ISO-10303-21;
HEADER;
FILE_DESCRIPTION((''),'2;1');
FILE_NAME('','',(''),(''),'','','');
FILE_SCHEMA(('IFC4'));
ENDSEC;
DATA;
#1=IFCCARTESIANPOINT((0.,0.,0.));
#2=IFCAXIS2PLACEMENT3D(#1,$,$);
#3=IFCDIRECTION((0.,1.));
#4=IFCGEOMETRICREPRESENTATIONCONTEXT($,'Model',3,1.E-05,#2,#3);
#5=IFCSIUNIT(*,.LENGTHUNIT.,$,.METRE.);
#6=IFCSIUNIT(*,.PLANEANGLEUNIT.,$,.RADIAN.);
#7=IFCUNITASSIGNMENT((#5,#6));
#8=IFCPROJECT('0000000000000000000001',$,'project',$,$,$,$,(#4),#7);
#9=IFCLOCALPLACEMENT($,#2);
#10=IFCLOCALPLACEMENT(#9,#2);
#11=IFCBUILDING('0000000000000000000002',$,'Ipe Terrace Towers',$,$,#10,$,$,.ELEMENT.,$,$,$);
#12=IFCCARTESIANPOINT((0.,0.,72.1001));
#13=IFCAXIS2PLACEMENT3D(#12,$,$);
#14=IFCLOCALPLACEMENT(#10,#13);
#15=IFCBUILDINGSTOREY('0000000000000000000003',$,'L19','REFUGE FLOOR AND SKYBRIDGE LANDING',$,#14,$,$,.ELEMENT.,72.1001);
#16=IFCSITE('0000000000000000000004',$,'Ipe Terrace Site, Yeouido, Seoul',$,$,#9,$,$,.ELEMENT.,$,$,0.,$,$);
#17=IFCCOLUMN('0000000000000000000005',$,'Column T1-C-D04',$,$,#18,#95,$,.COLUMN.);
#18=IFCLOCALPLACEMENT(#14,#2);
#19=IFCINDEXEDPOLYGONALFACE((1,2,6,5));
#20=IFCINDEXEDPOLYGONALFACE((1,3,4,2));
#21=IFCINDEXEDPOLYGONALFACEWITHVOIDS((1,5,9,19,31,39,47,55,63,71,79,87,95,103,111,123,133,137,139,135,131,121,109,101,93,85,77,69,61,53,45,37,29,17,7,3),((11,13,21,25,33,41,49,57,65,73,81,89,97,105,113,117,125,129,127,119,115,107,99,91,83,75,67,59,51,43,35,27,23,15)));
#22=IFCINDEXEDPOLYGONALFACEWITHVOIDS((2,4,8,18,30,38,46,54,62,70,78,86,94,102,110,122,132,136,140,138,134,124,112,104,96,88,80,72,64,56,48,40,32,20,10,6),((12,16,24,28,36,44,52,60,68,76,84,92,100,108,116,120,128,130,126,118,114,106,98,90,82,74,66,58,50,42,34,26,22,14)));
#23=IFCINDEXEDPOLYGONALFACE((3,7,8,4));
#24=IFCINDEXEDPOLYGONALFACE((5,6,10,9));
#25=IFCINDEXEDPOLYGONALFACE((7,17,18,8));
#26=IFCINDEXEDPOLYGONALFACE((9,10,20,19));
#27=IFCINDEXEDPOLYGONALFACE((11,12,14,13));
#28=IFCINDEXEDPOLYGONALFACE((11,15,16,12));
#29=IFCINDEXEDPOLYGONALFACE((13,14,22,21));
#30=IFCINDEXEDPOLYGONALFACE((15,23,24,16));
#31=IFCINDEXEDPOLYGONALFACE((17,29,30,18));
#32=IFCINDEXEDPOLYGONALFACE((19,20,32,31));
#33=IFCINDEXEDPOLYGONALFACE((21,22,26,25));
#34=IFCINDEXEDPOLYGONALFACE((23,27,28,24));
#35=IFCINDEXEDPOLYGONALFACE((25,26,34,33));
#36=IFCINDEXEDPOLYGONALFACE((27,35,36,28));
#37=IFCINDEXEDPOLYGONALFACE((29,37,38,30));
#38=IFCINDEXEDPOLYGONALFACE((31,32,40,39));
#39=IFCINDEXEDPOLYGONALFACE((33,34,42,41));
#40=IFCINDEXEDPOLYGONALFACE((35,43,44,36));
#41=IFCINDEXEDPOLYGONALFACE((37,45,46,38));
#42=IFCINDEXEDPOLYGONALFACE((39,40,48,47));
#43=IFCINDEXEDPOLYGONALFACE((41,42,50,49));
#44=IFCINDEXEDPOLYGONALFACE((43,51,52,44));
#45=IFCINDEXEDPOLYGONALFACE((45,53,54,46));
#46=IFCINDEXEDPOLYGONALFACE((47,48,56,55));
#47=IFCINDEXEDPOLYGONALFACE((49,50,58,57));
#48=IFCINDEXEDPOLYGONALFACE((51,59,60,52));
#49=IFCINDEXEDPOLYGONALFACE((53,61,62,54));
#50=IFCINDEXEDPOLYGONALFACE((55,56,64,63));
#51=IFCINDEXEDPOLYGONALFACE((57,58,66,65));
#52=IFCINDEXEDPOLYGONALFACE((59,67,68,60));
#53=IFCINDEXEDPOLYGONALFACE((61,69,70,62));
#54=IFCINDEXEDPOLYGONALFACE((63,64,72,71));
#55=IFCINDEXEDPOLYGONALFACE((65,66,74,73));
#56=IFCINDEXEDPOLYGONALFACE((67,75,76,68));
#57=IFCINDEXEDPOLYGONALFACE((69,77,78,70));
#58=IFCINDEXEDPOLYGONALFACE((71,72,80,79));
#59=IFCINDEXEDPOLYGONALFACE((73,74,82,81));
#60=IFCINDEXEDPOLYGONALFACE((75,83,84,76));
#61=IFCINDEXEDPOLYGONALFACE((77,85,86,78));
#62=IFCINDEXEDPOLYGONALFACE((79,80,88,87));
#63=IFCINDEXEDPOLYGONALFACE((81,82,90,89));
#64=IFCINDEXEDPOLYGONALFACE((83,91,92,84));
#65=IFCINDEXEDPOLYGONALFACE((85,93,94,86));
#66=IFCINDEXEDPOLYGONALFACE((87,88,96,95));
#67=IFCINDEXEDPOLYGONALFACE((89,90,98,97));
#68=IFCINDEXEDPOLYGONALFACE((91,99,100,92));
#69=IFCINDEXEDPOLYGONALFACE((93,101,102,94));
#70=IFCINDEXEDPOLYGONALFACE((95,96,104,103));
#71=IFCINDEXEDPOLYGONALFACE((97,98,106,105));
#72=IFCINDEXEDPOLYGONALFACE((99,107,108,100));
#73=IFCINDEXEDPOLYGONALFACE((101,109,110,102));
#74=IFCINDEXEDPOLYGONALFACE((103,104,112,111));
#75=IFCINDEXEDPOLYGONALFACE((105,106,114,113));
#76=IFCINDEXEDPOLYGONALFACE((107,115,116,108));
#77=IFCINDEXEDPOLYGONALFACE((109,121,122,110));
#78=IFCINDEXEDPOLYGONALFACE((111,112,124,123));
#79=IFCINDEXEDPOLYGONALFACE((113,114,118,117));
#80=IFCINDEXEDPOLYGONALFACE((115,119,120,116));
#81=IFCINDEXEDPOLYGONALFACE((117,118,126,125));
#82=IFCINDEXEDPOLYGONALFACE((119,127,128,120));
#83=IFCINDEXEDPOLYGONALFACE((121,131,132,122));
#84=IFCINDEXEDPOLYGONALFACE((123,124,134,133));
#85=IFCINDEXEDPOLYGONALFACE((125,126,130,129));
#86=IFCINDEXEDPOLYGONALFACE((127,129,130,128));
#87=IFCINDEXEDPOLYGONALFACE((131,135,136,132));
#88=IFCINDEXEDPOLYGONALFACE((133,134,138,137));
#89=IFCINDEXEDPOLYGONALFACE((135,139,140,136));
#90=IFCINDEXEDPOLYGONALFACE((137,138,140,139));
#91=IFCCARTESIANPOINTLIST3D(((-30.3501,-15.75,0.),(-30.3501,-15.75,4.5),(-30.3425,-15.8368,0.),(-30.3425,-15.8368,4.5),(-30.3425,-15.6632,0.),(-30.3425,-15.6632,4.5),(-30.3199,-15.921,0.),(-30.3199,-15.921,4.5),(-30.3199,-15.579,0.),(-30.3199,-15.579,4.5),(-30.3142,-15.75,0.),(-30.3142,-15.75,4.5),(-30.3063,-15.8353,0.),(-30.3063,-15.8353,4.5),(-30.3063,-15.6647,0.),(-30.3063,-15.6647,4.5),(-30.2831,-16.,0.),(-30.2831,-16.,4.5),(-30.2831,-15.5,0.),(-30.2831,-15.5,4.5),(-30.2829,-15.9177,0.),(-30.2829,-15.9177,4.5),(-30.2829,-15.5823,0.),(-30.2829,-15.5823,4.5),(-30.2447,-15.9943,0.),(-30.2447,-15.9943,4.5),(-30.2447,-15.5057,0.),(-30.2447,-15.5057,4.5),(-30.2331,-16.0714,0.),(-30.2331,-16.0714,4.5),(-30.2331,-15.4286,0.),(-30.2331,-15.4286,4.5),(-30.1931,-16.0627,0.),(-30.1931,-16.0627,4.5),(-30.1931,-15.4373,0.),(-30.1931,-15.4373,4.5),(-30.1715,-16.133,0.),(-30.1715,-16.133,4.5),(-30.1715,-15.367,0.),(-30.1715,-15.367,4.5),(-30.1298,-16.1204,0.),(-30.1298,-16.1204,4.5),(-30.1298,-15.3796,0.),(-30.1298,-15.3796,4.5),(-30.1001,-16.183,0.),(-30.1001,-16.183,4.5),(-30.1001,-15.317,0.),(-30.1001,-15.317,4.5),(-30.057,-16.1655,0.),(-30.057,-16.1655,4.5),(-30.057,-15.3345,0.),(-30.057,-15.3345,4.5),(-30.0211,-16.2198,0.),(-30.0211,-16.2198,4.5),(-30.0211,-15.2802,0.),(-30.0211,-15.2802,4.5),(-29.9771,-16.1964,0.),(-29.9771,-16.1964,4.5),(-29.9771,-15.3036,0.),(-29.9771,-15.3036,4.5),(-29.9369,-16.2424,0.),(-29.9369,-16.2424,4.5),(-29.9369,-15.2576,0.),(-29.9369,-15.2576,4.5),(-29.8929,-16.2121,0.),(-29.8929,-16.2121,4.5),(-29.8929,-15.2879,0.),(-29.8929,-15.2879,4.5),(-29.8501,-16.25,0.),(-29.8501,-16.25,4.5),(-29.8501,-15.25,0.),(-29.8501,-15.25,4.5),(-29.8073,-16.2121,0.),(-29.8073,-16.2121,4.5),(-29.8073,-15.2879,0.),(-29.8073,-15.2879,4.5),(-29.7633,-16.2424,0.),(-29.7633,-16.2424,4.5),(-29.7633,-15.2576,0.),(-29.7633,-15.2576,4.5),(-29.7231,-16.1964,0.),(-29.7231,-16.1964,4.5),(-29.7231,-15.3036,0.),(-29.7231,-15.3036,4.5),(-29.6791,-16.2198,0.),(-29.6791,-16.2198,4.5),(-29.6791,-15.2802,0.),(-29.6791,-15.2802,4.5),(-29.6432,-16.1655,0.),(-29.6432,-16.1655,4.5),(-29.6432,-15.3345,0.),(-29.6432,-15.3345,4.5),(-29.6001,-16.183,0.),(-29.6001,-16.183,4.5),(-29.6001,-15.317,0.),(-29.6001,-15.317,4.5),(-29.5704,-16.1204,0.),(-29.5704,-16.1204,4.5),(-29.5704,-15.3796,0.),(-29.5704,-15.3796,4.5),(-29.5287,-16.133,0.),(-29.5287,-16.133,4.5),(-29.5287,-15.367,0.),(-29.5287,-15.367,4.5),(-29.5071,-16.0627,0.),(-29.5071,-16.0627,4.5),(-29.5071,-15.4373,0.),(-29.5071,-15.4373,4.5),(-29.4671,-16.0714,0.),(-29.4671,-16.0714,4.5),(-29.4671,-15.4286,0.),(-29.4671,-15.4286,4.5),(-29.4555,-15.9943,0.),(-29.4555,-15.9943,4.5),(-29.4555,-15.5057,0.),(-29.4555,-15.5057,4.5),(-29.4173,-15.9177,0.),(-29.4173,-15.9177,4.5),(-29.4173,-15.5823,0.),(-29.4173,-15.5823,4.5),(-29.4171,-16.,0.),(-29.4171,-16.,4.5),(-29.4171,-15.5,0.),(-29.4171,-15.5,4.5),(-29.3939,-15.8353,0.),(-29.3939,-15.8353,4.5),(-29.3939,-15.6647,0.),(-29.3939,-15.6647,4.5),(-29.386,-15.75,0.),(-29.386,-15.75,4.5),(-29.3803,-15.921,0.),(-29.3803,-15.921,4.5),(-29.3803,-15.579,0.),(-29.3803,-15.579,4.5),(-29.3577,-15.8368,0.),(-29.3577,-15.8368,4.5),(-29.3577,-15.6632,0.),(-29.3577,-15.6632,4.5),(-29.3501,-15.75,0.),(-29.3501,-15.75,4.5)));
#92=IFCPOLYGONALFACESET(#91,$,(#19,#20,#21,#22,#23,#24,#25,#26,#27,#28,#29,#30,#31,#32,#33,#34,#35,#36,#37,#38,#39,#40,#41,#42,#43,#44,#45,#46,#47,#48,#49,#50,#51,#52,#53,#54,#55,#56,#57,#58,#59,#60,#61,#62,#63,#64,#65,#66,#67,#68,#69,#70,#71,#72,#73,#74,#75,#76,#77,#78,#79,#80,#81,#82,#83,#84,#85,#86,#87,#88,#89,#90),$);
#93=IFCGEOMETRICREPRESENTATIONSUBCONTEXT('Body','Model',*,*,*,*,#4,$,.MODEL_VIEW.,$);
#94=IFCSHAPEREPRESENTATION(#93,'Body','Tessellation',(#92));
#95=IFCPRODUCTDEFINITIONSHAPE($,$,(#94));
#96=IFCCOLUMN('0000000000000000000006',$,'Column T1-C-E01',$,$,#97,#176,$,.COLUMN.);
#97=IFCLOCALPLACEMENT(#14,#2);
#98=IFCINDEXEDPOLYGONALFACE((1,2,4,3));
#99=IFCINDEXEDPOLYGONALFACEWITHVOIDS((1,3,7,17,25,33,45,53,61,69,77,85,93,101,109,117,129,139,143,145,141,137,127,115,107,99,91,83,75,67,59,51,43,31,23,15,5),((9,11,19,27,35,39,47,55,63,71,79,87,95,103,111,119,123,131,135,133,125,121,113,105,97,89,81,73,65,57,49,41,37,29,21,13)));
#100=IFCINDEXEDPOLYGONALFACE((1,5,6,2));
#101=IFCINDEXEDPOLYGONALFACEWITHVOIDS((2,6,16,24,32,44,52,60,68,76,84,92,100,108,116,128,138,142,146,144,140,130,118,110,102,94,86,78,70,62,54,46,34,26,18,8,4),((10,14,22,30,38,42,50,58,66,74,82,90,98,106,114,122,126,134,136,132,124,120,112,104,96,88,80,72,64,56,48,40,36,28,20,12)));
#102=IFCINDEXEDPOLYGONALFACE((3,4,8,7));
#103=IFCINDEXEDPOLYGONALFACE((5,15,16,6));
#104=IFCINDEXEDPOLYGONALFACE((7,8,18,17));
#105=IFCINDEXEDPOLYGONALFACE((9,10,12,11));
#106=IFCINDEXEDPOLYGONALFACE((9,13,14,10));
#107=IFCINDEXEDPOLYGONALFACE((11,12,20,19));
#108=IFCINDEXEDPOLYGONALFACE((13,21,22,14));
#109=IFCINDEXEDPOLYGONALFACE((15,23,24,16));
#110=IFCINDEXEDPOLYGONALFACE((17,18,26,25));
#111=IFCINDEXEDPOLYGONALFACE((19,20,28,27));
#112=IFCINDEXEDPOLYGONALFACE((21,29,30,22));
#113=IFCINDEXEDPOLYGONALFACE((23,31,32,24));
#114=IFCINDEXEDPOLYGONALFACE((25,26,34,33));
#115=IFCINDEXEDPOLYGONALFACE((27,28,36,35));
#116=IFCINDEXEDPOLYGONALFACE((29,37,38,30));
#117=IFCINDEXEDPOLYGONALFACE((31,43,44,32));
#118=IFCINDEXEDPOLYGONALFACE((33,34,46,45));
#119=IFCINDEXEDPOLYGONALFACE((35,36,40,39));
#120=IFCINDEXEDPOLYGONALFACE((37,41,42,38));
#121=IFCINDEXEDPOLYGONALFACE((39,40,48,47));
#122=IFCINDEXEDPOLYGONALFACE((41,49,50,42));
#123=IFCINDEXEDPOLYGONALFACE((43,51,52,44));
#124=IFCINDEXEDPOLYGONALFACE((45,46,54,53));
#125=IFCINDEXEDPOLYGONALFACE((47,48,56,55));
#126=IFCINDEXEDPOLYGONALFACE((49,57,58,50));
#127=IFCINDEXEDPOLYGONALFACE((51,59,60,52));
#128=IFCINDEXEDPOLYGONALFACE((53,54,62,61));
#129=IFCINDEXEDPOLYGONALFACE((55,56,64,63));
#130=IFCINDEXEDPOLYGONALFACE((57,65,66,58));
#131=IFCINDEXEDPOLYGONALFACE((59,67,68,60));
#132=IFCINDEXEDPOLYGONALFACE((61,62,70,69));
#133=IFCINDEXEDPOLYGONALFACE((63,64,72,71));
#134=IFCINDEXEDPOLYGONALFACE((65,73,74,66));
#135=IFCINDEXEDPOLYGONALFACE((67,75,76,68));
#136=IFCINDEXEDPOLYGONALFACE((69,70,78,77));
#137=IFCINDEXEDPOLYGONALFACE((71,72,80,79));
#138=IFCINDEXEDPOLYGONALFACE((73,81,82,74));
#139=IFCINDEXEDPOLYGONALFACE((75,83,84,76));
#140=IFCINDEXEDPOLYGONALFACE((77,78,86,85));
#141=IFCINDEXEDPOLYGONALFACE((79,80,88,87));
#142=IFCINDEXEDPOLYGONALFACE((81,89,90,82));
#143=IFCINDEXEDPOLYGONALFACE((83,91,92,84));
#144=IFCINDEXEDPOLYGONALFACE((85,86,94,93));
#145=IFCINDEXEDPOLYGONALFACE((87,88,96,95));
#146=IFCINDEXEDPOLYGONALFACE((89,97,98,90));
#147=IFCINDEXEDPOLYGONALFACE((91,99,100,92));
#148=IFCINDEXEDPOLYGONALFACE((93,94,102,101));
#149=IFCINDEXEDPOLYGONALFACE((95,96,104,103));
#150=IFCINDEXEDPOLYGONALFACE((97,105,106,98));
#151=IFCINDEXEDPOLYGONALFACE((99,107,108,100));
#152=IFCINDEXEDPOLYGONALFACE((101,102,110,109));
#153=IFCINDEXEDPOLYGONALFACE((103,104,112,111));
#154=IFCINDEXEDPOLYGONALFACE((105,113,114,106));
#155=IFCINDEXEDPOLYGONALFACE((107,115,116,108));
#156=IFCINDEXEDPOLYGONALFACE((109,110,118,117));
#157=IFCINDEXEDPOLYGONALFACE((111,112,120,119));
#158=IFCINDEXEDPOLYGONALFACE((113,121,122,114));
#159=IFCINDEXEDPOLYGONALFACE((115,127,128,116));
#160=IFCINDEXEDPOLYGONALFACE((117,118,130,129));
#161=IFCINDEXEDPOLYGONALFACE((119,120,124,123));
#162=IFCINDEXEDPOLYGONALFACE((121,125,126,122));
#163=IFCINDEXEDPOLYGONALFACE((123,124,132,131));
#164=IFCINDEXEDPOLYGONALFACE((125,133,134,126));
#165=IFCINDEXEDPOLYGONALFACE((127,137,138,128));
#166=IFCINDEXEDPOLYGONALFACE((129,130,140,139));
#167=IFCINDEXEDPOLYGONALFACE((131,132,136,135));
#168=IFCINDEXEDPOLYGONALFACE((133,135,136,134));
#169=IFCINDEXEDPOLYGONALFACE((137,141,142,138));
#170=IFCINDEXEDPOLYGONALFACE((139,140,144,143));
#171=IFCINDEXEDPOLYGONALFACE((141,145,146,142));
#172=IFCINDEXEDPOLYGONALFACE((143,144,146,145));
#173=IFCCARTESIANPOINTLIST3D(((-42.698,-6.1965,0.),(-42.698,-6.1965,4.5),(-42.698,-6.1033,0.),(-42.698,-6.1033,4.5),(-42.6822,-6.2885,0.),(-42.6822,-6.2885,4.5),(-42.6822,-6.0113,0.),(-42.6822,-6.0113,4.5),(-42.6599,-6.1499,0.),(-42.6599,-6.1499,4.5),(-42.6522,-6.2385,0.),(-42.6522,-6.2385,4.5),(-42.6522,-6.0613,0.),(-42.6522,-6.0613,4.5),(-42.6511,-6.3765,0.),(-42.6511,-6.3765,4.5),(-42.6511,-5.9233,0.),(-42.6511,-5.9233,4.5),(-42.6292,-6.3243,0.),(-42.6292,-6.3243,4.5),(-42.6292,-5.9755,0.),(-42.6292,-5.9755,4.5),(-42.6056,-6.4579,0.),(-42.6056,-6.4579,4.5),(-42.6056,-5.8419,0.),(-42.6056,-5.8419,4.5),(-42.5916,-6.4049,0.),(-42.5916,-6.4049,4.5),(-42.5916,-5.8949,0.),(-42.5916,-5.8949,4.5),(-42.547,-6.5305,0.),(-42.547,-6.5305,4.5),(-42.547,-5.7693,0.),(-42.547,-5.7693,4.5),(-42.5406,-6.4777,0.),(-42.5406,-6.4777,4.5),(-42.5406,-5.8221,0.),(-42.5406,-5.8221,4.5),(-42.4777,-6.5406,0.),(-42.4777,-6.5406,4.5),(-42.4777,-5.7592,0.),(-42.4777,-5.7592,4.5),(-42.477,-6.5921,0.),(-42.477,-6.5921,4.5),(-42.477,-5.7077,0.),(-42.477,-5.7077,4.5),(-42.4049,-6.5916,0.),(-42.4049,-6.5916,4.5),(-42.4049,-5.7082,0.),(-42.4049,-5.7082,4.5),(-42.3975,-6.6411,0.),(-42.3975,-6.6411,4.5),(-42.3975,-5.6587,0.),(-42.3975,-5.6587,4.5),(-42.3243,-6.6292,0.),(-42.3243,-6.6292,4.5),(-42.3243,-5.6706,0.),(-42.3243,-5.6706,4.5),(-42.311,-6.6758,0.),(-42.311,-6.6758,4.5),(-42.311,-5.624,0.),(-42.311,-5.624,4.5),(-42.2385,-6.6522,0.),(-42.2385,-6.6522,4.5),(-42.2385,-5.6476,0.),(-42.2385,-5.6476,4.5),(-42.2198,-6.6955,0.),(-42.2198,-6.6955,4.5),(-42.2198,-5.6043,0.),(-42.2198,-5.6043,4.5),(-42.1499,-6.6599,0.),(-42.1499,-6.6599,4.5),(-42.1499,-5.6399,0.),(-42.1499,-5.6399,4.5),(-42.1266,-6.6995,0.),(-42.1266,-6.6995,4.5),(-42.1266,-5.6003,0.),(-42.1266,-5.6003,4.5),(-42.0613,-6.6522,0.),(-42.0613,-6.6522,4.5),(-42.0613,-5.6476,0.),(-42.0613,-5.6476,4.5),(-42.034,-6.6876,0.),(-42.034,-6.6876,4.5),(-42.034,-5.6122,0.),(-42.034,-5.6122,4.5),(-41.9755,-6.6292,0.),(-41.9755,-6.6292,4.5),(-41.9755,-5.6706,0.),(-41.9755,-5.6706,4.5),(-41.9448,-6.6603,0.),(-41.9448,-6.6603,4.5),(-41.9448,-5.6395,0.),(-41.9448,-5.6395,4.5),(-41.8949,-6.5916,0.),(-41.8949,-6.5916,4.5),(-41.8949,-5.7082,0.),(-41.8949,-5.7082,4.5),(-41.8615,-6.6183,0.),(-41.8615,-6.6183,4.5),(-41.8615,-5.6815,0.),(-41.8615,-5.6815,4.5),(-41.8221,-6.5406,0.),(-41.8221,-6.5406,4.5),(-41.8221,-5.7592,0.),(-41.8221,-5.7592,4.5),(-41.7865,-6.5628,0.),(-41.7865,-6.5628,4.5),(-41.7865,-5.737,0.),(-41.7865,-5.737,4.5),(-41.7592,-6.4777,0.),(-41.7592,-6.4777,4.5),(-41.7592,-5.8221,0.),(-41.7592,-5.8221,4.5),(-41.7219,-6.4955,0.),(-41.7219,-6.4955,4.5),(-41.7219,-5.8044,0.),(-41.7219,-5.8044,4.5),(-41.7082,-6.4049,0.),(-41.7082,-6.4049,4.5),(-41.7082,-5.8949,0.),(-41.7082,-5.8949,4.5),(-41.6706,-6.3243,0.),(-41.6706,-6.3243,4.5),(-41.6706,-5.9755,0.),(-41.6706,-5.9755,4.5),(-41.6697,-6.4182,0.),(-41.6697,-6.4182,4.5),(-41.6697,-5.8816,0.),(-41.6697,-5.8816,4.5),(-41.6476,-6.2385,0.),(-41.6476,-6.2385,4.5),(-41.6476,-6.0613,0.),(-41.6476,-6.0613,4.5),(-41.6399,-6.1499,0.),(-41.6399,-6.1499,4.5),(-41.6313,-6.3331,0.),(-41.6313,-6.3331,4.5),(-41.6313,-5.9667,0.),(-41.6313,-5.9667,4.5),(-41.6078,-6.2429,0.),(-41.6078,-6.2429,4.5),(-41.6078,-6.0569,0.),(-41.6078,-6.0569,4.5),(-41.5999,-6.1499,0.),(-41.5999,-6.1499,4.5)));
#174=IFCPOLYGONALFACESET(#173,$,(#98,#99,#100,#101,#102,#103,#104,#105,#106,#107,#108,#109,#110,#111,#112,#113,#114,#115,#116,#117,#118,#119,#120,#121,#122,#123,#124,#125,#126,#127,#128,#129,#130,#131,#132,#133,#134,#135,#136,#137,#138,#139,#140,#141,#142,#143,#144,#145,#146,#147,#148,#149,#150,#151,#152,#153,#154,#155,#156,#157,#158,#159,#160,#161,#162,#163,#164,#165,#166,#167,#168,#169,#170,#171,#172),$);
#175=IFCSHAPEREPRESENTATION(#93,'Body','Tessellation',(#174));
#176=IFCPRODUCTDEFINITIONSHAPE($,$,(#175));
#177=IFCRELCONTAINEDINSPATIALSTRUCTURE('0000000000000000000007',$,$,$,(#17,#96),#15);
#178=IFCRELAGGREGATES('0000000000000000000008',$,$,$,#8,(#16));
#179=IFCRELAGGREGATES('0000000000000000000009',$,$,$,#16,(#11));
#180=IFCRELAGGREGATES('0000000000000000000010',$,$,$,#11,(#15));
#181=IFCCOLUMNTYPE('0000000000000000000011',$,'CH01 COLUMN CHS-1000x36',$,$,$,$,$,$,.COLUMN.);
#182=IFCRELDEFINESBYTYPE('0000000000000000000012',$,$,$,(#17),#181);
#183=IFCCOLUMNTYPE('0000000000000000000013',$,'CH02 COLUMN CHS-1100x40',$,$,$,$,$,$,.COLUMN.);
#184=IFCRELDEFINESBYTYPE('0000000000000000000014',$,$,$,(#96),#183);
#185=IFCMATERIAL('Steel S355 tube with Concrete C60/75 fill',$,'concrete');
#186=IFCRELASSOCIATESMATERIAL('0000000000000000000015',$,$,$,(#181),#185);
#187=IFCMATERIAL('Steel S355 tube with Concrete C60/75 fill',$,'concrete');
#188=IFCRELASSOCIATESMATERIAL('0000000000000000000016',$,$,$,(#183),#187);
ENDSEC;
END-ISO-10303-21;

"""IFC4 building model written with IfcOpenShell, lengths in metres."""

from ifc_helpers import new_model, si_unit, direction, frame, origin, origin_2d, place, context, subcontext, project, spatial, hollow_circle, extrude, material, material_profile, profile_set, type_object, element, save


model = new_model("IFC4")

# Units and contexts
model_context = context("Model", 3, precision=1e-05, world=origin(), true_north=direction((0.0, 1.0)))
body_context = subcontext(model_context, "Body", "Model", "MODEL_VIEW")
ifc_project = project(units=[si_unit("LENGTHUNIT", "METRE"), si_unit("PLANEANGLEUNIT", "RADIAN")], contexts=[model_context])

# Site, building, storey
site_placement = place(None, origin())
site = spatial("IfcSite", under=ifc_project, at=site_placement, Name="Ipe Terrace Site, Yeouido, Seoul", CompositionType="ELEMENT", RefElevation=0.0)
building_placement = place(site_placement, origin())
building = spatial("IfcBuilding", under=site, at=building_placement, Name="Ipe Terrace Towers", CompositionType="ELEMENT")
storey_placement = place(building_placement, frame((0.0, 0.0, 72.1001)))
storey = spatial("IfcBuildingStorey", under=building, at=storey_placement, Name="L19", Description="REFUGE FLOOR AND SKYBRIDGE LANDING", CompositionType="ELEMENT", Elevation=72.1001)

# Columns
ifc_material_1 = material(Name="Steel S355 tube with Concrete C60/75 fill", Category="concrete")
ifc_material_profile_1 = material_profile(ifc_material_1, hollow_circle(Radius=0.5, WallThickness=0.0359, at=origin_2d()), Name="CHS-1000x36")
ifc_profile_set_1 = profile_set([ifc_material_profile_1], Name="Steel S355 tube with Concrete C60/75 fill")
column_type_1 = type_object("IfcColumnType", Name="CH01 COLUMN CHS-1000x36", PredefinedType="COLUMN", material=ifc_profile_set_1)
column_placement = place(storey_placement, frame((-29.8501, -15.75, 0.0), z_axis=(0.0, 0.0, 1.0), x_axis=(1.0, 0.0, 0.0)))
element("IfcColumn", 1, at=column_placement, inside=storey, type_object=column_type_1, Name="Column T1-C-D04", PredefinedType="COLUMN", context=body_context, shape_type="SweptSolid", body=[
    extrude(hollow_circle(Radius=0.5, WallThickness=0.0359, at=origin_2d()), origin(), (0.0, 0.0, 1.0), 4.5),
])
ifc_material_2 = material(Name="Steel S355 tube with Concrete C60/75 fill", Category="concrete")
ifc_material_profile_2 = material_profile(ifc_material_2, hollow_circle(Radius=0.55, WallThickness=0.04, at=origin_2d()), Name="CHS-1100x40")
ifc_profile_set_2 = profile_set([ifc_material_profile_2], Name="Steel S355 tube with Concrete C60/75 fill")
column_type_2 = type_object("IfcColumnType", Name="CH02 COLUMN CHS-1100x40", PredefinedType="COLUMN", material=ifc_profile_set_2)
for number, where, z_axis, x_axis, name in (
    (2, (-42.1499, -6.1499, 0.0), (0.0, 0.0, 1.0), (1.0, 0.0, 0.0), "Column T1-C-E01"),
):
    element("IfcColumn", number, at=place(storey_placement, frame(where, z_axis=z_axis, x_axis=x_axis)), inside=storey, type_object=column_type_2, Name=name, PredefinedType="COLUMN", context=body_context, shape_type="SweptSolid", body=[
        extrude(hollow_circle(Radius=0.55, WallThickness=0.04, at=origin_2d()), origin(), (0.0, 0.0, 1.0), 4.5),
    ])

save(model, "model.ifc")
